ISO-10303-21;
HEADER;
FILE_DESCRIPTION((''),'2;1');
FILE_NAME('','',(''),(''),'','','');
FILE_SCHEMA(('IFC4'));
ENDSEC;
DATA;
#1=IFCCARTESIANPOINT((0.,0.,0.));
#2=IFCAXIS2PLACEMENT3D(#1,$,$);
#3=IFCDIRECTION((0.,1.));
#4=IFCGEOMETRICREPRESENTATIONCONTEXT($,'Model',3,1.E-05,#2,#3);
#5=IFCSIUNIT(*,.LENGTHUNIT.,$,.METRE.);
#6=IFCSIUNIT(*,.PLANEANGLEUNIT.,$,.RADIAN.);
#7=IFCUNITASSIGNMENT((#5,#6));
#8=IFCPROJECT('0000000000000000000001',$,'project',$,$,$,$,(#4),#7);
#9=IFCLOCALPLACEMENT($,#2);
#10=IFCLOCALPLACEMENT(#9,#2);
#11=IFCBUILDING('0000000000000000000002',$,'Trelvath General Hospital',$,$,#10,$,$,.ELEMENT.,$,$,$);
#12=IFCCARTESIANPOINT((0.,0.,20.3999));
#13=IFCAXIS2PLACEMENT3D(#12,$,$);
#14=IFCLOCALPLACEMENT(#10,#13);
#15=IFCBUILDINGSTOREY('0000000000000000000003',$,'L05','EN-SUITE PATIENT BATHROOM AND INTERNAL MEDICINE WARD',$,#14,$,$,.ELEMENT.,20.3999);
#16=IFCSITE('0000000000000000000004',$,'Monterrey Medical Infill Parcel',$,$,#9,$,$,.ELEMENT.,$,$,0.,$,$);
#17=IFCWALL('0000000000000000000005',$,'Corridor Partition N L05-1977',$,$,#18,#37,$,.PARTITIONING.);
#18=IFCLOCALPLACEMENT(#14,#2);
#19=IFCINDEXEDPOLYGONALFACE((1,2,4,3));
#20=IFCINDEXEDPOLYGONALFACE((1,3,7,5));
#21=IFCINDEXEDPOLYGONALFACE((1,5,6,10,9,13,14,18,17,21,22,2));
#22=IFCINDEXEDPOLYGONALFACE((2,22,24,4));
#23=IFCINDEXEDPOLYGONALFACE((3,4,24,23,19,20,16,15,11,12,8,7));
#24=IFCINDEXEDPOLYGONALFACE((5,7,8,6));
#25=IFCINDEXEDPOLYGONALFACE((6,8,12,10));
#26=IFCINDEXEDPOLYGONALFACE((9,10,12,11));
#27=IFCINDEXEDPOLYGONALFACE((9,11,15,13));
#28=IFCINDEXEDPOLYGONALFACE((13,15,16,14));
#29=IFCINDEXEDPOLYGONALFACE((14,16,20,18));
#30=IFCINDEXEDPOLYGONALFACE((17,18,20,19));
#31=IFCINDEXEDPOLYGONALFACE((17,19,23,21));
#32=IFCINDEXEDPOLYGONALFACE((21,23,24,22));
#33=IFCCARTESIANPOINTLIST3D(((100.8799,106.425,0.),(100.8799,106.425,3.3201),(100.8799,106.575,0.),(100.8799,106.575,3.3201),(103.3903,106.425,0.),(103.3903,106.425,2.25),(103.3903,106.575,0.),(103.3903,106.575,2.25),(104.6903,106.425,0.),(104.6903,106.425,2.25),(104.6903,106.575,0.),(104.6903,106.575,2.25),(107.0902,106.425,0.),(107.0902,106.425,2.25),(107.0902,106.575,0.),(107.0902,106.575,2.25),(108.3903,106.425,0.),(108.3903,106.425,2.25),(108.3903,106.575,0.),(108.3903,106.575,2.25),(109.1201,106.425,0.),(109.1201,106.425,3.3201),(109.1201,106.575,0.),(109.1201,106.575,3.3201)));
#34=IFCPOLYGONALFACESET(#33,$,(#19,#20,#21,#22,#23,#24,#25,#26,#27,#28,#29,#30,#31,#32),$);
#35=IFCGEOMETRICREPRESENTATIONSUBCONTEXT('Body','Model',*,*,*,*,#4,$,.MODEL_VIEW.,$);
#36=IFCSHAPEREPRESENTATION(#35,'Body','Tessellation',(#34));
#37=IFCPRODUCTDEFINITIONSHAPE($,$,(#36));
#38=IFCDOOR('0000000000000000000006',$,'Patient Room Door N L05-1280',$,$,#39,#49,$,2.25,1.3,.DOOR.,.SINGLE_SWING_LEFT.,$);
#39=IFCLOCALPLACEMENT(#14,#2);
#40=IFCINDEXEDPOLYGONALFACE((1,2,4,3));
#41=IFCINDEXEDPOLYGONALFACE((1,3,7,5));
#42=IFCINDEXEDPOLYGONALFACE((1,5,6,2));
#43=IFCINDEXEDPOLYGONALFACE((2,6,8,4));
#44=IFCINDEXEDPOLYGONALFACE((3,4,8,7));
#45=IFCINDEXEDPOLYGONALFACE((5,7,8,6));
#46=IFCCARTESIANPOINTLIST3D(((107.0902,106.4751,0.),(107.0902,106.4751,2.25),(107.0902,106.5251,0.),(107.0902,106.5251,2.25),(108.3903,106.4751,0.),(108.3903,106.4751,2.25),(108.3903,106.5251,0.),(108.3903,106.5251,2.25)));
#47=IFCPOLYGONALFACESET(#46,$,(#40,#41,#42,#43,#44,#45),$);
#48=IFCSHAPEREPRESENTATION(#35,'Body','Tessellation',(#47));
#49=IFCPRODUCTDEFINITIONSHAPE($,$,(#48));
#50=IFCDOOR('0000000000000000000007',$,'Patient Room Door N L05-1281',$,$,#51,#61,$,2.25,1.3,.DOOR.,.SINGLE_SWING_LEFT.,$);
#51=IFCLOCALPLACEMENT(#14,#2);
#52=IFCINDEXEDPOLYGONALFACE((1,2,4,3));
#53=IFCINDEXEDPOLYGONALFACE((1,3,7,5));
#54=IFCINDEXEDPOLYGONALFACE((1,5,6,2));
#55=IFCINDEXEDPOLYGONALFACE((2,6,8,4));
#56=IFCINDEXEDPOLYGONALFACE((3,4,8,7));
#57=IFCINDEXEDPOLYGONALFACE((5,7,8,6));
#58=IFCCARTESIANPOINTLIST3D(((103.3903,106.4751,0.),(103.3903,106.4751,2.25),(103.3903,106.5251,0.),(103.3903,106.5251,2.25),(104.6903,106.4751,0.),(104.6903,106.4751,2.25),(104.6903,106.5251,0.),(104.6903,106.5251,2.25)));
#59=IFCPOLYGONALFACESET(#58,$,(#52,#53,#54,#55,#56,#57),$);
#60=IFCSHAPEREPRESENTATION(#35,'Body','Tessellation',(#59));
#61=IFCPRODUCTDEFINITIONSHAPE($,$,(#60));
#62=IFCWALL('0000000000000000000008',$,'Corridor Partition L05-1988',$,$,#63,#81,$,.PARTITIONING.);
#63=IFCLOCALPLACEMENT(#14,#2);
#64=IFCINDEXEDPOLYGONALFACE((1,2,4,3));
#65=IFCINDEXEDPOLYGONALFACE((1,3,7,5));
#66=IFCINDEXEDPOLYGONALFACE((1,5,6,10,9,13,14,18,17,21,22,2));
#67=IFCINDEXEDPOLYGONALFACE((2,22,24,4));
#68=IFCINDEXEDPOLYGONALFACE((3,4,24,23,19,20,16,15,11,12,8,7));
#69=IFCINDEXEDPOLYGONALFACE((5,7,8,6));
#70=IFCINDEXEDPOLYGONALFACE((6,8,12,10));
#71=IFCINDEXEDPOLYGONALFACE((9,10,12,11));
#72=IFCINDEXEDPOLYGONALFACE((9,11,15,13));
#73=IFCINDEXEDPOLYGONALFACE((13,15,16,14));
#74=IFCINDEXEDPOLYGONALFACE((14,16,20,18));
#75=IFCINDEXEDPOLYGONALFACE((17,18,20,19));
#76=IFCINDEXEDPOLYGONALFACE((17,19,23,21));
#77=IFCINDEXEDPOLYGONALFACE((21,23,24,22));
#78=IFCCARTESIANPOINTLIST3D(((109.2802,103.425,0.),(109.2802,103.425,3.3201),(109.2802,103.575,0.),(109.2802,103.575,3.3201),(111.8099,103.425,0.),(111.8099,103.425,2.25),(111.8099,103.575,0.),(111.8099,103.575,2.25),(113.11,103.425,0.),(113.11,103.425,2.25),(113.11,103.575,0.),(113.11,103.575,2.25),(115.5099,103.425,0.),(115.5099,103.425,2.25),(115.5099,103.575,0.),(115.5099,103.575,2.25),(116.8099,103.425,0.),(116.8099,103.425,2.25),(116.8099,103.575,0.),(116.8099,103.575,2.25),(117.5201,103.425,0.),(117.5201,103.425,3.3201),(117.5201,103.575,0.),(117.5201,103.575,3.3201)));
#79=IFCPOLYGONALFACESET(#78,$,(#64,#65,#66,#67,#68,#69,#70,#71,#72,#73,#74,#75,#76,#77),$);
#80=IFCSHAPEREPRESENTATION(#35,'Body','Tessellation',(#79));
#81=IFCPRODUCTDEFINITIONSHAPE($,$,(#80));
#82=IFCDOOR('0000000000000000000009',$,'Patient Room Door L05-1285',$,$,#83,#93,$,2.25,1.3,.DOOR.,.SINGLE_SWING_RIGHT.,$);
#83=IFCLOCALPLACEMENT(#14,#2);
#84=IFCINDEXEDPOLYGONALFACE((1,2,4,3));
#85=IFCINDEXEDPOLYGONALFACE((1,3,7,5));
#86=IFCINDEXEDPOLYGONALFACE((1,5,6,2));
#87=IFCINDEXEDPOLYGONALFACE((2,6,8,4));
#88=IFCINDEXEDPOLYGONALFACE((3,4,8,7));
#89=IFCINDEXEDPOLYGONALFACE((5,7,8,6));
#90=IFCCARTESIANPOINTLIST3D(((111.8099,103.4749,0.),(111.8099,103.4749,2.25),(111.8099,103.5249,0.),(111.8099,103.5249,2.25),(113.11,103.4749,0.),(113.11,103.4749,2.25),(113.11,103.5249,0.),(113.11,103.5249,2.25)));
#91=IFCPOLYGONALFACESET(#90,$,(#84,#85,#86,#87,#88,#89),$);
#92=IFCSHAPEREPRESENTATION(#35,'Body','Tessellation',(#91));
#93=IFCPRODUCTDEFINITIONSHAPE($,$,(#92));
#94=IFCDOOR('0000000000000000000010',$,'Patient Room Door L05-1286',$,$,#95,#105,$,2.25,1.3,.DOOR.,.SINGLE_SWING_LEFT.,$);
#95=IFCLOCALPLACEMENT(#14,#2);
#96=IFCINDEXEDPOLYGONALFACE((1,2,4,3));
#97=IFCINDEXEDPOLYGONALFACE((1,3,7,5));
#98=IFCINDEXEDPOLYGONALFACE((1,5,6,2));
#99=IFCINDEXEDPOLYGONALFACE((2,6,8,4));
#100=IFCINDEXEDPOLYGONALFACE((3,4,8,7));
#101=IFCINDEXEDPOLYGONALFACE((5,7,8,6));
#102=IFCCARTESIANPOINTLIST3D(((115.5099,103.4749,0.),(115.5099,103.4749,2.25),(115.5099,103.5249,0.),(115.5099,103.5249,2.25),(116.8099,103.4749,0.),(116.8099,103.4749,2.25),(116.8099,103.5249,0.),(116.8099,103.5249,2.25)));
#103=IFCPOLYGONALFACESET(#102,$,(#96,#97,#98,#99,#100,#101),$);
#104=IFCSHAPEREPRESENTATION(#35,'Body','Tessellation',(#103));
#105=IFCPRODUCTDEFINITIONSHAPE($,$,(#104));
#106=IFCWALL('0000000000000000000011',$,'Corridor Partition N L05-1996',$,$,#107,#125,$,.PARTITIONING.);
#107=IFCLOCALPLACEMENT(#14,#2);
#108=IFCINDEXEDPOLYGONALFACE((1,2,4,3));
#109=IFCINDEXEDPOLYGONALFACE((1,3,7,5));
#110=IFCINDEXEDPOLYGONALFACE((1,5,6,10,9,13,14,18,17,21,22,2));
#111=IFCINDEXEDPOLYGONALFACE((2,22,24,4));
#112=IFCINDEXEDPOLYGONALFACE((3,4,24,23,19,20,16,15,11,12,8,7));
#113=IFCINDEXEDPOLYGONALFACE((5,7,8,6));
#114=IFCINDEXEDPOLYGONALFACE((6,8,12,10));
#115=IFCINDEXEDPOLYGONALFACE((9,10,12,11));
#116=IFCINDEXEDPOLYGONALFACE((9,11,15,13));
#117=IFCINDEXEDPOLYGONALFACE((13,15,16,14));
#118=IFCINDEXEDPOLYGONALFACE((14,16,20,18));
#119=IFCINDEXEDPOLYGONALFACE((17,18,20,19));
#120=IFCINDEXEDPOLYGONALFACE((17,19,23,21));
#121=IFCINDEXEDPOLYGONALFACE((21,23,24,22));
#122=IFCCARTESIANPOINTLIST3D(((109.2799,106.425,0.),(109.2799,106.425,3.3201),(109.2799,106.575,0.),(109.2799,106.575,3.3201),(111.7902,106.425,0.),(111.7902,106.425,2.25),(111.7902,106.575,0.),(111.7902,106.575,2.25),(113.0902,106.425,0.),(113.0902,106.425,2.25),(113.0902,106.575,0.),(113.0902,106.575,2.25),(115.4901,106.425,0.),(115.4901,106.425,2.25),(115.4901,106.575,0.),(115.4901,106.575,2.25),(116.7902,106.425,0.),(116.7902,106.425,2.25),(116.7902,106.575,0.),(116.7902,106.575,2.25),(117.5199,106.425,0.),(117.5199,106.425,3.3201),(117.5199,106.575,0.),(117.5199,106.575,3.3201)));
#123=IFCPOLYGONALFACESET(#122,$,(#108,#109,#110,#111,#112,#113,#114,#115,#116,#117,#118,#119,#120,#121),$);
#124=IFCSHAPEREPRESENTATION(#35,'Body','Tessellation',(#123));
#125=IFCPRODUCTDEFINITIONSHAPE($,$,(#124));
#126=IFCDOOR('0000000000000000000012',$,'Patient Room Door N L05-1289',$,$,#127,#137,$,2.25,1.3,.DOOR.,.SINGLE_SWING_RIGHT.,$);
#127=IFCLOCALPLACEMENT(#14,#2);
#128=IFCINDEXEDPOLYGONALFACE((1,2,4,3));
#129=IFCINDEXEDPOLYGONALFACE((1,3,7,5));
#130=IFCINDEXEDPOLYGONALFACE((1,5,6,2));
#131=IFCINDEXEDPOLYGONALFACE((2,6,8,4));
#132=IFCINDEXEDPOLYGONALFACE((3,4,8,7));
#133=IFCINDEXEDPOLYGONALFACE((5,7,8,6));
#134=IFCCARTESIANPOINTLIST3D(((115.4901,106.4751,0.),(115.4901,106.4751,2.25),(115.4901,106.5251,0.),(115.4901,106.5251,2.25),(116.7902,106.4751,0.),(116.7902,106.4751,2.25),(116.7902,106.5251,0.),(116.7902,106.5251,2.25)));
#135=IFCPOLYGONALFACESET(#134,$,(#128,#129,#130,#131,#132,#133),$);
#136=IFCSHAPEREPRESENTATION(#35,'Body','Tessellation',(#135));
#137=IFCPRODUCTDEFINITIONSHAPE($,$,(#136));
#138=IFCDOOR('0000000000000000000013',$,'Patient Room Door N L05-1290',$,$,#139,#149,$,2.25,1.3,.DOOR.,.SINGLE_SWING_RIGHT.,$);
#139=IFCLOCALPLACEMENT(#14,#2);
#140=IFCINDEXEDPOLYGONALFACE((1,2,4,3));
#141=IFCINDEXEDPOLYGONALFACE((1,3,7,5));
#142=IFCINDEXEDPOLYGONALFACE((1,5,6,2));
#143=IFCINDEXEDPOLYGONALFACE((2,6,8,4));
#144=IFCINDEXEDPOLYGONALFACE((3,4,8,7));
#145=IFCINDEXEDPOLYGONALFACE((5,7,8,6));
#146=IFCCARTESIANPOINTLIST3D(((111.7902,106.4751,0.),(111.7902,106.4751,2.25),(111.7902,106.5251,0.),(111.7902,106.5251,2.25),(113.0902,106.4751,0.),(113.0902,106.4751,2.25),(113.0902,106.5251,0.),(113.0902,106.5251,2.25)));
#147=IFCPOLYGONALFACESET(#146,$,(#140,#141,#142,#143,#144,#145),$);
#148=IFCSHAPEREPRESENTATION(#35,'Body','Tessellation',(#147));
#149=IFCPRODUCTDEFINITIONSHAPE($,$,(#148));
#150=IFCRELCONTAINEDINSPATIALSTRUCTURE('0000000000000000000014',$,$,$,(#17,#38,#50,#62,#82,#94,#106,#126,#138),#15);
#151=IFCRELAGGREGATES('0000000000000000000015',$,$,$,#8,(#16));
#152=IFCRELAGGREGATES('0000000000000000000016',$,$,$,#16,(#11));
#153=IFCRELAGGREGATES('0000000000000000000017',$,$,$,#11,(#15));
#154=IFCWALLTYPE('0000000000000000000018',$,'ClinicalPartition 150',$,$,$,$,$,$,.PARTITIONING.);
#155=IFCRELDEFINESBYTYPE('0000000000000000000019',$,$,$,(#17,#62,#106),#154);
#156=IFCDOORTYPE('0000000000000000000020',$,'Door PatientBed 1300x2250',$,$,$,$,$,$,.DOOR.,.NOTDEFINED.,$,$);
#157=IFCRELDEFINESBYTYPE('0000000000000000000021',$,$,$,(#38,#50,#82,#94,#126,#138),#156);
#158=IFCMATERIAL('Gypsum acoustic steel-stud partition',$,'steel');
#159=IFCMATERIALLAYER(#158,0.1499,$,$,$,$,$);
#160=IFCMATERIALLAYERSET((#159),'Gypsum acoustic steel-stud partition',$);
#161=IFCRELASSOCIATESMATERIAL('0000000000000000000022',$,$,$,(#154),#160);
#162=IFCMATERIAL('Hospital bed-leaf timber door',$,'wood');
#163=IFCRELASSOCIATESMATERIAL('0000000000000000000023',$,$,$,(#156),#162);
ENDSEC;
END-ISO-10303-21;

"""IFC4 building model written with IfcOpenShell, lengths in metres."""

from ifc_helpers import new_model, si_unit, direction, frame, frame_2d, origin, place, context, subcontext, project, spatial, rectangle, extrude, material, layer, layer_set, type_object, element, fill, save


model = new_model("IFC4")

# Units and contexts
model_context = context("Model", 3, precision=1e-05, world=origin(), true_north=direction((0.0, 1.0)))
body_context = subcontext(model_context, "Body", "Model", "MODEL_VIEW")
ifc_project = project(units=[si_unit("LENGTHUNIT", "METRE"), si_unit("PLANEANGLEUNIT", "RADIAN")], contexts=[model_context])

# Site, building, storey
site_placement = place(None, origin())
site = spatial("IfcSite", under=ifc_project, at=site_placement, Name="Monterrey Medical Infill Parcel", CompositionType="ELEMENT", RefElevation=0.0)
building_placement = place(site_placement, origin())
building = spatial("IfcBuilding", under=site, at=building_placement, Name="Trelvath General Hospital", CompositionType="ELEMENT")
storey_placement = place(building_placement, frame((0.0, 0.0, 20.3999)))
storey = spatial("IfcBuildingStorey", under=building, at=storey_placement, Name="L05", Description="EN-SUITE PATIENT BATHROOM AND INTERNAL MEDICINE WARD", CompositionType="ELEMENT", Elevation=20.3999)

# Walls, openings, doors
ifc_material_1 = material(Name="Gypsum acoustic steel-stud partition", Category="steel")
ifc_layer_1 = layer(ifc_material_1, 0.1499)
ifc_layer_set_1 = layer_set([ifc_layer_1], Name="Gypsum acoustic steel-stud partition")
wall_type_1 = type_object("IfcWallType", Name="ClinicalPartition 150", PredefinedType="PARTITIONING", material=ifc_layer_set_1)
wall_1_placement = place(storey_placement, frame((109.1201, 106.5, 0.0), z_axis=(0.0, 0.0, 1.0), x_axis=(-1.0, 0.0, 0.0)))
wall_1 = element("IfcWall", 1, at=wall_1_placement, inside=storey, type_object=wall_type_1, Name="Corridor Partition N L05-1977", PredefinedType="PARTITIONING", context=body_context, shape_type="SweptSolid", body=[
    extrude(rectangle(XDim=8.2402, YDim=0.1499, at=frame_2d((4.1201, 0.0))), origin(), (0.0, 0.0, 1.0), 3.3201),
])
opening_1_placement = place(wall_1_placement, frame((0.73, 0.0, 0.0)))
opening_1 = element("IfcOpeningElement", 2, at=opening_1_placement, cuts=wall_1, PredefinedType="OPENING", context=body_context, shape_type="SweptSolid", body=[
    extrude(rectangle(XDim=1.3, YDim=2.25, at=frame_2d((0.6499, 1.125))), frame((0.0, 0.085, 0.0), z_axis=(0.0, -1.0, 0.0), x_axis=(1.0, 0.0, 0.0)), (0.0, 0.0, 1.0), 0.1699),
])
opening_2_placement = place(wall_1_placement, frame((4.4299, 0.0, 0.0)))
opening_2 = element("IfcOpeningElement", 3, at=opening_2_placement, cuts=wall_1, PredefinedType="OPENING", context=body_context, shape_type="SweptSolid", body=[
    extrude(rectangle(XDim=1.3, YDim=2.25, at=frame_2d((0.6499, 1.125))), frame((0.0, 0.085, 0.0), z_axis=(0.0, -1.0, 0.0), x_axis=(1.0, 0.0, 0.0)), (0.0, 0.0, 1.0), 0.1699),
])
ifc_material_2 = material(Name="Hospital bed-leaf timber door", Category="wood")
door_type_1 = type_object("IfcDoorType", Name="Door PatientBed 1300x2250", OperationType="NOTDEFINED", PredefinedType="DOOR", material=ifc_material_2)
door_1_placement = place(opening_1_placement, origin())
door_1 = element("IfcDoor", 4, at=door_1_placement, inside=storey, type_object=door_type_1, Name="Patient Room Door N L05-1280", OperationType="SINGLE_SWING_LEFT", OverallHeight=2.25, OverallWidth=1.3, PredefinedType="DOOR", context=body_context, shape_type="SweptSolid", body=[
    extrude(rectangle(XDim=1.3, YDim=2.25, at=frame_2d((0.6499, 1.125))), frame((0.0, 0.0249, 0.0), z_axis=(0.0, -1.0, 0.0), x_axis=(1.0, 0.0, 0.0)), (0.0, 0.0, 1.0), 0.05),
])
fill(opening_1, door_1)
door_2_placement = place(opening_2_placement, origin())
door_2 = element("IfcDoor", 5, at=door_2_placement, inside=storey, type_object=door_type_1, Name="Patient Room Door N L05-1281", OperationType="SINGLE_SWING_LEFT", OverallHeight=2.25, OverallWidth=1.3, PredefinedType="DOOR", context=body_context, shape_type="SweptSolid", body=[
    extrude(rectangle(XDim=1.3, YDim=2.25, at=frame_2d((0.6499, 1.125))), frame((0.0, 0.0249, 0.0), z_axis=(0.0, -1.0, 0.0), x_axis=(1.0, 0.0, 0.0)), (0.0, 0.0, 1.0), 0.05),
])
fill(opening_2, door_2)
wall_2_placement = place(storey_placement, frame((109.28, 103.5, 0.0), z_axis=(0.0, 0.0, 1.0), x_axis=(1.0, 0.0, 0.0)))
wall_2 = element("IfcWall", 6, at=wall_2_placement, inside=storey, type_object=wall_type_1, Name="Corridor Partition L05-1988", PredefinedType="PARTITIONING", context=body_context, shape_type="SweptSolid", body=[
    extrude(rectangle(XDim=8.24, YDim=0.1499, at=frame_2d((4.1201, 0.0))), origin(), (0.0, 0.0, 1.0), 3.3201),
])
opening_3_placement = place(wall_2_placement, frame((2.53, 0.0, 0.0)))
opening_3 = element("IfcOpeningElement", 7, at=opening_3_placement, cuts=wall_2, PredefinedType="OPENING", context=body_context, shape_type="SweptSolid", body=[
    extrude(rectangle(XDim=1.3, YDim=2.25, at=frame_2d((0.6499, 1.125))), frame((0.0, 0.085, 0.0), z_axis=(0.0, -1.0, 0.0), x_axis=(1.0, 0.0, 0.0)), (0.0, 0.0, 1.0), 0.1699),
])
opening_4_placement = place(wall_2_placement, frame((6.23, 0.0, 0.0)))
opening_4 = element("IfcOpeningElement", 8, at=opening_4_placement, cuts=wall_2, PredefinedType="OPENING", context=body_context, shape_type="SweptSolid", body=[
    extrude(rectangle(XDim=1.3, YDim=2.25, at=frame_2d((0.6499, 1.125))), frame((0.0, 0.085, 0.0), z_axis=(0.0, -1.0, 0.0), x_axis=(1.0, 0.0, 0.0)), (0.0, 0.0, 1.0), 0.1699),
])
door_3_placement = place(opening_3_placement, origin())
door_3 = element("IfcDoor", 9, at=door_3_placement, inside=storey, type_object=door_type_1, Name="Patient Room Door L05-1285", OperationType="SINGLE_SWING_RIGHT", OverallHeight=2.25, OverallWidth=1.3, PredefinedType="DOOR", context=body_context, shape_type="SweptSolid", body=[
    extrude(rectangle(XDim=1.3, YDim=2.25, at=frame_2d((0.6499, 1.125))), frame((0.0, 0.0249, 0.0), z_axis=(0.0, -1.0, 0.0), x_axis=(1.0, 0.0, 0.0)), (0.0, 0.0, 1.0), 0.05),
])
fill(opening_3, door_3)
door_4_placement = place(opening_4_placement, origin())
door_4 = element("IfcDoor", 10, at=door_4_placement, inside=storey, type_object=door_type_1, Name="Patient Room Door L05-1286", OperationType="SINGLE_SWING_LEFT", OverallHeight=2.25, OverallWidth=1.3, PredefinedType="DOOR", context=body_context, shape_type="SweptSolid", body=[
    extrude(rectangle(XDim=1.3, YDim=2.25, at=frame_2d((0.6499, 1.125))), frame((0.0, 0.0249, 0.0), z_axis=(0.0, -1.0, 0.0), x_axis=(1.0, 0.0, 0.0)), (0.0, 0.0, 1.0), 0.05),
])
fill(opening_4, door_4)
wall_3_placement = place(storey_placement, frame((117.52, 106.5, 0.0), z_axis=(0.0, 0.0, 1.0), x_axis=(-1.0, 0.0, 0.0)))
wall_3 = element("IfcWall", 11, at=wall_3_placement, inside=storey, type_object=wall_type_1, Name="Corridor Partition N L05-1996", PredefinedType="PARTITIONING", context=body_context, shape_type="SweptSolid", body=[
    extrude(rectangle(XDim=8.24, YDim=0.1499, at=frame_2d((4.1201, 0.0))), origin(), (0.0, 0.0, 1.0), 3.3201),
])
opening_5_placement = place(wall_3_placement, frame((0.73, 0.0, 0.0)))
opening_5 = element("IfcOpeningElement", 12, at=opening_5_placement, cuts=wall_3, PredefinedType="OPENING", context=body_context, shape_type="SweptSolid", body=[
    extrude(rectangle(XDim=1.3, YDim=2.25, at=frame_2d((0.6499, 1.125))), frame((0.0, 0.085, 0.0), z_axis=(0.0, -1.0, 0.0), x_axis=(1.0, 0.0, 0.0)), (0.0, 0.0, 1.0), 0.1699),
])
opening_6_placement = place(wall_3_placement, frame((4.4299, 0.0, 0.0)))
opening_6 = element("IfcOpeningElement", 13, at=opening_6_placement, cuts=wall_3, PredefinedType="OPENING", context=body_context, shape_type="SweptSolid", body=[
    extrude(rectangle(XDim=1.3, YDim=2.25, at=frame_2d((0.6499, 1.125))), frame((0.0, 0.085, 0.0), z_axis=(0.0, -1.0, 0.0), x_axis=(1.0, 0.0, 0.0)), (0.0, 0.0, 1.0), 0.1699),
])
door_5_placement = place(opening_5_placement, origin())
door_5 = element("IfcDoor", 14, at=door_5_placement, inside=storey, type_object=door_type_1, Name="Patient Room Door N L05-1289", OperationType="SINGLE_SWING_RIGHT", OverallHeight=2.25, OverallWidth=1.3, PredefinedType="DOOR", context=body_context, shape_type="SweptSolid", body=[
    extrude(rectangle(XDim=1.3, YDim=2.25, at=frame_2d((0.6499, 1.125))), frame((0.0, 0.0249, 0.0), z_axis=(0.0, -1.0, 0.0), x_axis=(1.0, 0.0, 0.0)), (0.0, 0.0, 1.0), 0.05),
])
fill(opening_5, door_5)
door_6_placement = place(opening_6_placement, origin())
door_6 = element("IfcDoor", 15, at=door_6_placement, inside=storey, type_object=door_type_1, Name="Patient Room Door N L05-1290", OperationType="SINGLE_SWING_RIGHT", OverallHeight=2.25, OverallWidth=1.3, PredefinedType="DOOR", context=body_context, shape_type="SweptSolid", body=[
    extrude(rectangle(XDim=1.3, YDim=2.25, at=frame_2d((0.6499, 1.125))), frame((0.0, 0.0249, 0.0), z_axis=(0.0, -1.0, 0.0), x_axis=(1.0, 0.0, 0.0)), (0.0, 0.0, 1.0), 0.05),
])
fill(opening_6, door_6)

save(model, "model.ifc")
